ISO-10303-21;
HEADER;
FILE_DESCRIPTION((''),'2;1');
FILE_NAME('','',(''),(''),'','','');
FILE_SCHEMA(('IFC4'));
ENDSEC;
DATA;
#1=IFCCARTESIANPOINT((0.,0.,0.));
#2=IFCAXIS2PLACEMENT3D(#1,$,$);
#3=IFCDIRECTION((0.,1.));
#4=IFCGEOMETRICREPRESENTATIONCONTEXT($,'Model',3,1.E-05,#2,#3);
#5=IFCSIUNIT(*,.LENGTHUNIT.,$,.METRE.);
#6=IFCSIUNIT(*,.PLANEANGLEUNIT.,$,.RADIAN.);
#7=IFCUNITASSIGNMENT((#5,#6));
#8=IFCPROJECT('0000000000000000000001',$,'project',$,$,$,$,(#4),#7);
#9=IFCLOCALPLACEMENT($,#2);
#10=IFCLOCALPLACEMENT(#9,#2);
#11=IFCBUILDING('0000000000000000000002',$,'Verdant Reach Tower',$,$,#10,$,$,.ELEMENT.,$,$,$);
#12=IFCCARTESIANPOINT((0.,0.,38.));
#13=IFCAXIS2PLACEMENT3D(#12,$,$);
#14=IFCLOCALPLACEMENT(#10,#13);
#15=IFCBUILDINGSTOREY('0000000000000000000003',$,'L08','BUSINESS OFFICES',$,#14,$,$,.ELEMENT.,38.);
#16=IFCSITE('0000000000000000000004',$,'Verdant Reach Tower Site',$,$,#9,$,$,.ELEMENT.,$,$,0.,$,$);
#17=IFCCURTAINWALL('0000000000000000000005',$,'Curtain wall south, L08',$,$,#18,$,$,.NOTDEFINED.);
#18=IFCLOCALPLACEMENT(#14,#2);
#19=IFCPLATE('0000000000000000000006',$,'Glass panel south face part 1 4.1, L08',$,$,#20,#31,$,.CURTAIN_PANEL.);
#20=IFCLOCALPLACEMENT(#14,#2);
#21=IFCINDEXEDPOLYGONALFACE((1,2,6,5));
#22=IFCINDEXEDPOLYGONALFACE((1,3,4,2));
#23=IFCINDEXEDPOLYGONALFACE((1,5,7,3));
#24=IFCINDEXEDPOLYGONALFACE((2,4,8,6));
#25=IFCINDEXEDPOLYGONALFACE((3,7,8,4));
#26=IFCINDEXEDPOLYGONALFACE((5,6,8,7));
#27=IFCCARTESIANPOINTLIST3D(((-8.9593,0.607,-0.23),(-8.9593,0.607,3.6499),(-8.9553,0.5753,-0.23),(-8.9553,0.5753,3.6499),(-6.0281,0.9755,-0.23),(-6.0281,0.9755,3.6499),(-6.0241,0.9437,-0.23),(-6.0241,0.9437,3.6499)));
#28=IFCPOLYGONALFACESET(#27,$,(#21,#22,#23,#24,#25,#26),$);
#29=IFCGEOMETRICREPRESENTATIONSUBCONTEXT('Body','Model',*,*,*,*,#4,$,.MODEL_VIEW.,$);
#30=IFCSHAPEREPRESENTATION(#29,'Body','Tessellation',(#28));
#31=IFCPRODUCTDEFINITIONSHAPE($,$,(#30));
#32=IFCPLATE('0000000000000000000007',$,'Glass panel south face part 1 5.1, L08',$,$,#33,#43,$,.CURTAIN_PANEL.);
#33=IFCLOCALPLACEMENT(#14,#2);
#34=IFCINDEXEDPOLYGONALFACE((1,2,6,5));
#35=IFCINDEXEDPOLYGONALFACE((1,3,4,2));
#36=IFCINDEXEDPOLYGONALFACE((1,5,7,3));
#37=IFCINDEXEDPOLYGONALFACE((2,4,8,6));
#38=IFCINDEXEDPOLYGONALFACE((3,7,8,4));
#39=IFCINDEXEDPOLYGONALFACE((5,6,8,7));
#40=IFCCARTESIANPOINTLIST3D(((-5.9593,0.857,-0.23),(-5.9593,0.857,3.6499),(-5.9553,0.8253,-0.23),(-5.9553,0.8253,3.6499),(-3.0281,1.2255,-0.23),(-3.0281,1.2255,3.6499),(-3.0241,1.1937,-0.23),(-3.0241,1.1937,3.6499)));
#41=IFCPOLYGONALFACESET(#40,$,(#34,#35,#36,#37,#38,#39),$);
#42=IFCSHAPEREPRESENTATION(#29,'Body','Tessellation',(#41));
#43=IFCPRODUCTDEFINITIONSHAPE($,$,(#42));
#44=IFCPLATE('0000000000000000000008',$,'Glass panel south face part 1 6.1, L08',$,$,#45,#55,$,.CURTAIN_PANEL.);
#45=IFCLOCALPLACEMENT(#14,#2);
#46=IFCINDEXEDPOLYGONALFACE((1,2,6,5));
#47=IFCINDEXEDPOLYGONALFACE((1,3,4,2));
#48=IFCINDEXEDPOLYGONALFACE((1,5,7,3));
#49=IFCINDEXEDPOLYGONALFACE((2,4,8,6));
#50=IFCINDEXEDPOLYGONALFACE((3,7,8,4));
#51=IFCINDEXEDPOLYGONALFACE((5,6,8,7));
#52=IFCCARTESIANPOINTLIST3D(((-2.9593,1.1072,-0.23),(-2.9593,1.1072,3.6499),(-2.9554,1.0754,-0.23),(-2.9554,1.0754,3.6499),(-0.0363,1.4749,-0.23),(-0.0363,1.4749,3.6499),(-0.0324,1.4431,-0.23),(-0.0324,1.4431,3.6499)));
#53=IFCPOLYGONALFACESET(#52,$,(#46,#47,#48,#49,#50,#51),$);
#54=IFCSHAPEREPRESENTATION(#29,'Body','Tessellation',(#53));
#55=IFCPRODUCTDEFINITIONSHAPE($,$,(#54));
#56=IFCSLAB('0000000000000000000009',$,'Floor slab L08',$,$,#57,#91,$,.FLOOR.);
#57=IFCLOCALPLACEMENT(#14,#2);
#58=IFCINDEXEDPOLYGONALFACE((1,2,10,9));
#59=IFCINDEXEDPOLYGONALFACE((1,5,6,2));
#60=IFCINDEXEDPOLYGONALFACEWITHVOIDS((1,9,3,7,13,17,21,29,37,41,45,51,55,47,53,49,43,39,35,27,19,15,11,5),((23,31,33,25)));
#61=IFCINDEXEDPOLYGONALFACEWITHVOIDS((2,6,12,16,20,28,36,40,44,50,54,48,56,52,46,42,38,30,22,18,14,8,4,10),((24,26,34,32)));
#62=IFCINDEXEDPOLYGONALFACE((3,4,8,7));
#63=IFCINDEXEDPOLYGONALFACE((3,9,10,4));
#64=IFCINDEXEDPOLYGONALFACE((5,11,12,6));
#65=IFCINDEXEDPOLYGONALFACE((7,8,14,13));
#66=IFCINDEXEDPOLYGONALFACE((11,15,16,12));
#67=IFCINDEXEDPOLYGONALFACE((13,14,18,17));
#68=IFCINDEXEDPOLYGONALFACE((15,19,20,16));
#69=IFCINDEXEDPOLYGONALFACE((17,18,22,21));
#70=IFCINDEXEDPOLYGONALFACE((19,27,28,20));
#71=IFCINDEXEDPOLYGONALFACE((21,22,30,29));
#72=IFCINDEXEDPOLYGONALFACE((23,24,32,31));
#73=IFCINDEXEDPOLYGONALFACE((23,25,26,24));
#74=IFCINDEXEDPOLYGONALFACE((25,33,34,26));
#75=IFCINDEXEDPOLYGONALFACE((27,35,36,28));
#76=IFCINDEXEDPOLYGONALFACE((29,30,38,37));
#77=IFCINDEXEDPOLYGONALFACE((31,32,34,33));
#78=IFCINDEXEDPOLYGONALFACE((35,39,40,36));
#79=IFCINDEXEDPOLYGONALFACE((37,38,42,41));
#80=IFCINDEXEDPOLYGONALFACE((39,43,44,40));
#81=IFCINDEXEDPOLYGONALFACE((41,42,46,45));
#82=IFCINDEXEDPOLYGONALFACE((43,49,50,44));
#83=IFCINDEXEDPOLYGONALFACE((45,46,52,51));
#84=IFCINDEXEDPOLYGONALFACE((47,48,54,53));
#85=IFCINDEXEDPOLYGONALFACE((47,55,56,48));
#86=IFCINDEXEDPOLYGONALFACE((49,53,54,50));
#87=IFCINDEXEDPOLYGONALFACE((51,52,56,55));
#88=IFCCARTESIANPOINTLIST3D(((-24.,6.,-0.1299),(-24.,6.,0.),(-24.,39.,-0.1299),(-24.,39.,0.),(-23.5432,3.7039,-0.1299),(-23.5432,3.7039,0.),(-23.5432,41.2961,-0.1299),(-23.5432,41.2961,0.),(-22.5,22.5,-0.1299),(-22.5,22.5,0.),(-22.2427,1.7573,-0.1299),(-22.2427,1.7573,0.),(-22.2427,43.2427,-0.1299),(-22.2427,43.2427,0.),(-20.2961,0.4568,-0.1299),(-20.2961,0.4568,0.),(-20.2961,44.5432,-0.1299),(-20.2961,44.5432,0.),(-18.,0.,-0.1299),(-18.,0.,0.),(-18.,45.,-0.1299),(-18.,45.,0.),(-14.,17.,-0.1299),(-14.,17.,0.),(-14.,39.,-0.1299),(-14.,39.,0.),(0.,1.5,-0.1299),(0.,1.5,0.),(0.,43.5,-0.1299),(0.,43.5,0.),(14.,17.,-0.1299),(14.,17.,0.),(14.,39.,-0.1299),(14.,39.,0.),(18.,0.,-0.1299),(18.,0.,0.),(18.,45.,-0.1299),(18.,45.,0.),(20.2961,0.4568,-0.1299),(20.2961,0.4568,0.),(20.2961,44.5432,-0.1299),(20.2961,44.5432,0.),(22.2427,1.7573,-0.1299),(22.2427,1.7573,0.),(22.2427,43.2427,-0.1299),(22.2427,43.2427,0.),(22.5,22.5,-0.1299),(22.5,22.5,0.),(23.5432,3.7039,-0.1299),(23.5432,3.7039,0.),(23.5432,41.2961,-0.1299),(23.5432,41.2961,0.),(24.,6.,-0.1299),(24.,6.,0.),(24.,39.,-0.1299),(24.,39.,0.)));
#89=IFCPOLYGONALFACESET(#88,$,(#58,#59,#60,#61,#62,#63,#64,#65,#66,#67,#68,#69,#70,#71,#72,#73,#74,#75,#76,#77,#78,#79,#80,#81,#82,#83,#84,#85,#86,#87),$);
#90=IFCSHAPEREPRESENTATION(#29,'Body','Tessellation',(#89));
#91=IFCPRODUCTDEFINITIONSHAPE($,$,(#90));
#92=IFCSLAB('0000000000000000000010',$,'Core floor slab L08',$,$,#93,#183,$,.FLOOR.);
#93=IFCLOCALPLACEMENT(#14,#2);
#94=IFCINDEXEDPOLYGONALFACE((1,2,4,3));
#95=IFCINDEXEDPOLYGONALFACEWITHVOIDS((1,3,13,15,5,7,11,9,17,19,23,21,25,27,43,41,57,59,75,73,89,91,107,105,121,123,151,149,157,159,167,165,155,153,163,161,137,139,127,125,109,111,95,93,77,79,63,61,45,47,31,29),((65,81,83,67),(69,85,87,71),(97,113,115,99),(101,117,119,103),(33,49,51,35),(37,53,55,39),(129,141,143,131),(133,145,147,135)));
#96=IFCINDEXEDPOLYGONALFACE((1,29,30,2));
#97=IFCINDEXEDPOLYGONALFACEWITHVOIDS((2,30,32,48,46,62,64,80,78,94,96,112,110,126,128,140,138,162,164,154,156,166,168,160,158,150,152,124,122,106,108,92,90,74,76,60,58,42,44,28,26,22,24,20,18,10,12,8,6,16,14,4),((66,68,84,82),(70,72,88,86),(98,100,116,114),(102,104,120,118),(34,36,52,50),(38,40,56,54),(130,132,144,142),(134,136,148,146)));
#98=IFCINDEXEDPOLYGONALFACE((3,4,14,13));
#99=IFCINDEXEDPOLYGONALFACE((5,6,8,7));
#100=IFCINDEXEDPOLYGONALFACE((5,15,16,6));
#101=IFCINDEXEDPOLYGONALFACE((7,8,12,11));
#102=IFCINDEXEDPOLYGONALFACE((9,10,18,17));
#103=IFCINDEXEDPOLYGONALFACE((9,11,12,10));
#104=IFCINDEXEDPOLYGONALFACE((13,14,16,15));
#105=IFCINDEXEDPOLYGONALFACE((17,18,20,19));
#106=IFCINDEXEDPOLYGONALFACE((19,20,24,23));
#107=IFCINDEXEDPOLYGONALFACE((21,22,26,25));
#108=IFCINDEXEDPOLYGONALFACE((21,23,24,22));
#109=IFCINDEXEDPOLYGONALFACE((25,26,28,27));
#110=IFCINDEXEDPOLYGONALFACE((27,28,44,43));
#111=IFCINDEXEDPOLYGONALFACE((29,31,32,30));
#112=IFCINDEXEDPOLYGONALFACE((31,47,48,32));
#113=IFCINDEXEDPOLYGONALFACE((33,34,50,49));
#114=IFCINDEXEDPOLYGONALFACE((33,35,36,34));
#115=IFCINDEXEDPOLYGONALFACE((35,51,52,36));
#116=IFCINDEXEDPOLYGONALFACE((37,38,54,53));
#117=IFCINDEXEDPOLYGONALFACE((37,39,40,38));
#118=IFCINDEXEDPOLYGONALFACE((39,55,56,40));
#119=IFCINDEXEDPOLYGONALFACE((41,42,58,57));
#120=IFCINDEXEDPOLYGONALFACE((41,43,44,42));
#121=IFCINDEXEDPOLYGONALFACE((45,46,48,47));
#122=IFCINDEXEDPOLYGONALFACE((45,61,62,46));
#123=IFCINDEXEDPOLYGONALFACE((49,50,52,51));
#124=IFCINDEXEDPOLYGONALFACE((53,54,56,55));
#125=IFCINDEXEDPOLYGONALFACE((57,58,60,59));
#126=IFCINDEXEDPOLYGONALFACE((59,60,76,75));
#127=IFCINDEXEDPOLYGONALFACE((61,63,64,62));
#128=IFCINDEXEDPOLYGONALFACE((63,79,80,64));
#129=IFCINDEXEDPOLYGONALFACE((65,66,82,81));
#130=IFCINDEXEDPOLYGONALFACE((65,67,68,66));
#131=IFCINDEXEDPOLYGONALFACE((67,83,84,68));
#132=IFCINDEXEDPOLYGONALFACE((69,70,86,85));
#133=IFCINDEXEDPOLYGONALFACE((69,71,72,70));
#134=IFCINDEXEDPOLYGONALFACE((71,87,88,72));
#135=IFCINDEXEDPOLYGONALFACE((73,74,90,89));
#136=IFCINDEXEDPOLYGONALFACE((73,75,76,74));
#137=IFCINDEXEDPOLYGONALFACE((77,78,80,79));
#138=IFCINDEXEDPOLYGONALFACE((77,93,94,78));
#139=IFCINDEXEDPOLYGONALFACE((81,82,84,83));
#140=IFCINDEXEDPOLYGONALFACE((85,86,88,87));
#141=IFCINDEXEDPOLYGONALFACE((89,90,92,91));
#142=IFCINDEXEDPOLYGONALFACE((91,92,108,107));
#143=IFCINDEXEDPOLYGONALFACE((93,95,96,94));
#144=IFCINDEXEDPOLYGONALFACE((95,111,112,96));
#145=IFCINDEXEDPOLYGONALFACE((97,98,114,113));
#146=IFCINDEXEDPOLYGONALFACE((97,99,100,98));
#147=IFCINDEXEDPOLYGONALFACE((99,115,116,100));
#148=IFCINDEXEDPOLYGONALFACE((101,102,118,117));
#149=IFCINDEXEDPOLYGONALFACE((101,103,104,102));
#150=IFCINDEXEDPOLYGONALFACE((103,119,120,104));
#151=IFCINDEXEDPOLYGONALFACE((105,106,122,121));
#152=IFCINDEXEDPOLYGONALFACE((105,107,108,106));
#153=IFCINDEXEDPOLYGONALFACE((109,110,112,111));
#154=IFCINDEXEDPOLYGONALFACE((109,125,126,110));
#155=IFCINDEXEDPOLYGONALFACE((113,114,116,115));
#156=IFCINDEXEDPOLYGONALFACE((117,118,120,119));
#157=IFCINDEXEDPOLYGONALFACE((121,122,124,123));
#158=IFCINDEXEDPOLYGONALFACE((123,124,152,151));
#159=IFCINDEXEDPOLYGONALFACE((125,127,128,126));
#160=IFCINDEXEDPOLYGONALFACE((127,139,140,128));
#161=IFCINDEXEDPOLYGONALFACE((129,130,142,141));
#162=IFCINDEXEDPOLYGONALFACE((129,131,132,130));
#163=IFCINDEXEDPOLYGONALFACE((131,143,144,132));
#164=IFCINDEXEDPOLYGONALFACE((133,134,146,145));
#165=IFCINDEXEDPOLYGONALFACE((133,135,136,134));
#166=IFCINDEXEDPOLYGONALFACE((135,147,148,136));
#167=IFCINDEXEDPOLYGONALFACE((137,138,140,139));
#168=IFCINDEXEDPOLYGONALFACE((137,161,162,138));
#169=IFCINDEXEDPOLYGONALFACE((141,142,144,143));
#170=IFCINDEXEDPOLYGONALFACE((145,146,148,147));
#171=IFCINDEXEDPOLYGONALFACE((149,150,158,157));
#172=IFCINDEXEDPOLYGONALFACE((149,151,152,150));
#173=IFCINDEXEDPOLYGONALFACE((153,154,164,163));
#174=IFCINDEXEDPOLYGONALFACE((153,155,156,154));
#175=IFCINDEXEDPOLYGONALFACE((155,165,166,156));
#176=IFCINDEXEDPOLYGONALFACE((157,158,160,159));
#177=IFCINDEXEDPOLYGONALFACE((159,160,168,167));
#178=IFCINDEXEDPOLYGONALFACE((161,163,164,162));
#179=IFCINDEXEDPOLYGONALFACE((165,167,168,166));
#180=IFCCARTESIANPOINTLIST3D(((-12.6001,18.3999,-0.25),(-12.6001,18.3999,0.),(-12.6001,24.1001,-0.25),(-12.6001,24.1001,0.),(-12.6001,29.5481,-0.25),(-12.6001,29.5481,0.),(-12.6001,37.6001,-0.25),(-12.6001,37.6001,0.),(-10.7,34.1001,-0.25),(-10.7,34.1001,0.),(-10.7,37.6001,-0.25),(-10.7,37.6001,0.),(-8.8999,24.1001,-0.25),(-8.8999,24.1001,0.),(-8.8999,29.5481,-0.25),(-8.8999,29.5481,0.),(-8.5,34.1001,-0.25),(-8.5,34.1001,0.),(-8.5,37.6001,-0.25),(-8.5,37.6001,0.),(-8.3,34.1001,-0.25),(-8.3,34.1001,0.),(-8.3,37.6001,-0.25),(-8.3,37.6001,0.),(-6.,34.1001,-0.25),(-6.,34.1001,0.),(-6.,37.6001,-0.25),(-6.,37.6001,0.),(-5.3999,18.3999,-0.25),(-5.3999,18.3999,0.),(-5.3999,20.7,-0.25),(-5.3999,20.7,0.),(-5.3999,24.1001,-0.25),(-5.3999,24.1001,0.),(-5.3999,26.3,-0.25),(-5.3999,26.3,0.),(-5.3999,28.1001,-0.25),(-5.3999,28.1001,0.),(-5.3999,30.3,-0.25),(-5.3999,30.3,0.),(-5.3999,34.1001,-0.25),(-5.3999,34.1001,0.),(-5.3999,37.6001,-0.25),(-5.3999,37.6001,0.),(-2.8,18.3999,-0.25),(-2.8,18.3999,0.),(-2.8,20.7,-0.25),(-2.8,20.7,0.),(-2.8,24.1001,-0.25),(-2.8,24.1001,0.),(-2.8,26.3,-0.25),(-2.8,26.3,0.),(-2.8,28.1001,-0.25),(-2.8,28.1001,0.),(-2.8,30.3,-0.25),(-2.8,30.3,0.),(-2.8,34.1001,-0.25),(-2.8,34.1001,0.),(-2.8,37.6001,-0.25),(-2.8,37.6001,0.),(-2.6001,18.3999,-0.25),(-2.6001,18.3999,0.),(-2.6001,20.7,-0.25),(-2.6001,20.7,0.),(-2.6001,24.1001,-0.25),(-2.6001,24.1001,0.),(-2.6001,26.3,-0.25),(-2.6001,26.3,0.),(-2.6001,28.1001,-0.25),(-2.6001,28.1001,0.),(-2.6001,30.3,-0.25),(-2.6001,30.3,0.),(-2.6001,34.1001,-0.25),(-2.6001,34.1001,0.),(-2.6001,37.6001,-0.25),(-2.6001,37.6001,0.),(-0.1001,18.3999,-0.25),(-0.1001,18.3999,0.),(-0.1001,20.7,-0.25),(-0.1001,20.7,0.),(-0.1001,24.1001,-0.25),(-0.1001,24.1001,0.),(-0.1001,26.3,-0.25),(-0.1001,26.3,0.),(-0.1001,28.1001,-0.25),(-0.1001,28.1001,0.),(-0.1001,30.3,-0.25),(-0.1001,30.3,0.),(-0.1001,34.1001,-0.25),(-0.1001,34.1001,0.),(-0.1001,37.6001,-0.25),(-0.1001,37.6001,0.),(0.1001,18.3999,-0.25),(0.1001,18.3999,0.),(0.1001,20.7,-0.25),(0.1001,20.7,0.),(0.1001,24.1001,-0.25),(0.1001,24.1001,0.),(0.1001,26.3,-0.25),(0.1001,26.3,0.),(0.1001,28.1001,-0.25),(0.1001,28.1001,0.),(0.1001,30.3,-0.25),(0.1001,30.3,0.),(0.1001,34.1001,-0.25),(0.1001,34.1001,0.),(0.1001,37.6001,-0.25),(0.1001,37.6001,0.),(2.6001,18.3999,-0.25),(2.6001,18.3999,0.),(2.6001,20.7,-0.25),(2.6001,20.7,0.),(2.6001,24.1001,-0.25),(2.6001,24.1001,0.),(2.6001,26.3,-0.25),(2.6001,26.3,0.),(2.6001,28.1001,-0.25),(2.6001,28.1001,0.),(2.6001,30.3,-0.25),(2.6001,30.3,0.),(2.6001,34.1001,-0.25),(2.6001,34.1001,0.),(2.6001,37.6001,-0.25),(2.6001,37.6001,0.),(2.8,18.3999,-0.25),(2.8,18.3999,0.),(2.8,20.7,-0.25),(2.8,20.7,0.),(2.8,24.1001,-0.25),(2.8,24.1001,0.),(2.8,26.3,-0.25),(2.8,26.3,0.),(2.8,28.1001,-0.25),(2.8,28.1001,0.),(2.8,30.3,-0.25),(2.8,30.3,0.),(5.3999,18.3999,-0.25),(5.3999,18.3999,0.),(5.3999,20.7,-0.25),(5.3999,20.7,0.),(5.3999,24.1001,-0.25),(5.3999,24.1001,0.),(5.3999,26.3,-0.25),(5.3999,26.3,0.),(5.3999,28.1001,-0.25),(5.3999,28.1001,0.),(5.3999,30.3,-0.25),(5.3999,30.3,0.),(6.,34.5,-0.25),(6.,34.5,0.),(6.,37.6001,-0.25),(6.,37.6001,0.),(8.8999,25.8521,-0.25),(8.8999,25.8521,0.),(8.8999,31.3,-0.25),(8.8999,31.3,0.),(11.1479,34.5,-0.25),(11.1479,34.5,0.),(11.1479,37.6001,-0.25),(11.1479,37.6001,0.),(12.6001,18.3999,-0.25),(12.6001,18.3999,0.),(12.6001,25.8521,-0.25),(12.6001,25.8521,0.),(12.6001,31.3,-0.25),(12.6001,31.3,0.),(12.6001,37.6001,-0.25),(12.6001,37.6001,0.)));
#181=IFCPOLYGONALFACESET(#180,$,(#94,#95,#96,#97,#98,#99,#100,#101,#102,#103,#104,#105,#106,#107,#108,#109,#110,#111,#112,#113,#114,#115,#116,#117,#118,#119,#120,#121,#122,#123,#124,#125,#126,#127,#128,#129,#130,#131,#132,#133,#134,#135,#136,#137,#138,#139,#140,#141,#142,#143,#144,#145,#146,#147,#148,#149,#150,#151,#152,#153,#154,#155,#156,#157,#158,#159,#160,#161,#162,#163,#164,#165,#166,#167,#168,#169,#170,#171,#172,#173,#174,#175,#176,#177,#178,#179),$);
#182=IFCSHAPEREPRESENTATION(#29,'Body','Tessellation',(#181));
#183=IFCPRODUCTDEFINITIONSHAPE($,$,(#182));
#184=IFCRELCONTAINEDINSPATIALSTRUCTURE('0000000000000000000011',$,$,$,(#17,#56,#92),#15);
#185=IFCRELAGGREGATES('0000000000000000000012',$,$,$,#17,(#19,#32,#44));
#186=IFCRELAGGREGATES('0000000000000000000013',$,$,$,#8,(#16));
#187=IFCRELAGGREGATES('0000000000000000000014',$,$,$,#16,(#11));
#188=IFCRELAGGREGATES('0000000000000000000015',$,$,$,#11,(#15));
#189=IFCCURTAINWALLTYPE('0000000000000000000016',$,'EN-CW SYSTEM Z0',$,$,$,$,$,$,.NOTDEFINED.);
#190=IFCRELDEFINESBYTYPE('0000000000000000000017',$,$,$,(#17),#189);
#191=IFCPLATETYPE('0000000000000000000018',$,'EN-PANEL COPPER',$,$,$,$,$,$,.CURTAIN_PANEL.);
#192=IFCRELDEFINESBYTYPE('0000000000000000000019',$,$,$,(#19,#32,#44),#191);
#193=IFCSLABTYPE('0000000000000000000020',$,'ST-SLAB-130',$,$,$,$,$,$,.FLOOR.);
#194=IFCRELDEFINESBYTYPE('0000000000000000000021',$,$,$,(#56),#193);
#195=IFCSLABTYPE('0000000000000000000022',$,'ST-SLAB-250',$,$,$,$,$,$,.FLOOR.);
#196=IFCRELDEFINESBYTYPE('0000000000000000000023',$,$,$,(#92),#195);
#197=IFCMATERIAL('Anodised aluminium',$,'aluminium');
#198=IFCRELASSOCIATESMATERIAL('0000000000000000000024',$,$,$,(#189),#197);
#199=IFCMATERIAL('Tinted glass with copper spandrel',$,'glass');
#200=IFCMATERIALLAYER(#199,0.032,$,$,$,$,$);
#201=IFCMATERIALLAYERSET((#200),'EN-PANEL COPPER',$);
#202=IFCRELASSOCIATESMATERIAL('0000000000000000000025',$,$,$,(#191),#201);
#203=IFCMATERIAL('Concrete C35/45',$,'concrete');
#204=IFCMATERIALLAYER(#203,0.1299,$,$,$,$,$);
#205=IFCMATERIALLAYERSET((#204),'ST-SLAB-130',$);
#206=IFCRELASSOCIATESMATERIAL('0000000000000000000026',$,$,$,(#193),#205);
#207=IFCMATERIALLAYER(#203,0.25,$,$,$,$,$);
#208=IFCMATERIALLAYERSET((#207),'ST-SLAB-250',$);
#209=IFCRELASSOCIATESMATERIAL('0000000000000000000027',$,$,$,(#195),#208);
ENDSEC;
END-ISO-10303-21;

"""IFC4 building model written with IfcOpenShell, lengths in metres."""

from ifc_helpers import new_model, si_unit, direction, frame, origin, origin_2d, place, context, subcontext, project, spatial, polyline, rectangle, outline, extrude, material, layer, layer_set, type_object, element, aggregate, save


model = new_model("IFC4")

# Units and contexts
model_context = context("Model", 3, precision=1e-05, world=origin(), true_north=direction((0.0, 1.0)))
body_context = subcontext(model_context, "Body", "Model", "MODEL_VIEW")
ifc_project = project(units=[si_unit("LENGTHUNIT", "METRE"), si_unit("PLANEANGLEUNIT", "RADIAN")], contexts=[model_context])

# Site, building, storey
site_placement = place(None, origin())
site = spatial("IfcSite", under=ifc_project, at=site_placement, Name="Verdant Reach Tower Site", CompositionType="ELEMENT", RefElevation=0.0)
building_placement = place(site_placement, origin())
building = spatial("IfcBuilding", under=site, at=building_placement, Name="Verdant Reach Tower", CompositionType="ELEMENT")
storey_placement = place(building_placement, frame((0.0, 0.0, 38.0)))
storey = spatial("IfcBuildingStorey", under=building, at=storey_placement, Name="L08", Description="BUSINESS OFFICES", CompositionType="ELEMENT", Elevation=38.0)

# Curtain wall
ifc_material_1 = material(Name="Anodised aluminium", Category="aluminium")
curtain_wall_type = type_object("IfcCurtainWallType", Name="EN-CW SYSTEM Z0", PredefinedType="NOTDEFINED", material=ifc_material_1)
curtain_wall_placement = place(storey_placement, origin())
curtain_wall = element("IfcCurtainWall", 1, at=curtain_wall_placement, inside=storey, type_object=curtain_wall_type, Name="Curtain wall south, L08", PredefinedType="NOTDEFINED")

# Plates
ifc_material_2 = material(Name="Tinted glass with copper spandrel", Category="glass")
ifc_layer_1 = layer(ifc_material_2, 0.032)
ifc_layer_set_1 = layer_set([ifc_layer_1], Name="EN-PANEL COPPER")
plate_type_1 = type_object("IfcPlateType", Name="EN-PANEL COPPER", PredefinedType="CURTAIN_PANEL", material=ifc_layer_set_1)
plate_1_placement = place(storey_placement, frame((-7.4917, 0.7754, -0.23), z_axis=(0.0, 0.0, 1.0), x_axis=(0.992194, 0.124704, 0.0)))
plate_1 = element("IfcPlate", 2, at=plate_1_placement, type_object=plate_type_1, Name="Glass panel south face part 1 4.1, L08", PredefinedType="CURTAIN_PANEL", context=body_context, shape_type="SweptSolid", body=[
    extrude(rectangle(XDim=2.9543, YDim=0.032, at=origin_2d()), origin(), (0.0, 0.0, 1.0), 3.8799),
])
plate_2_placement = place(storey_placement, frame((-4.4917, 1.0254, -0.23), z_axis=(0.0, 0.0, 1.0), x_axis=(0.992194, 0.124704, 0.0)))
plate_2 = element("IfcPlate", 3, at=plate_2_placement, type_object=plate_type_1, Name="Glass panel south face part 1 5.1, L08", PredefinedType="CURTAIN_PANEL", context=body_context, shape_type="SweptSolid", body=[
    extrude(rectangle(XDim=2.9543, YDim=0.032, at=origin_2d()), origin(), (0.0, 0.0, 1.0), 3.8799),
])
plate_3_placement = place(storey_placement, frame((-1.4958, 1.2751, -0.23), z_axis=(0.0, 0.0, 1.0), x_axis=(0.99218, 0.124818, 0.0)))
plate_3 = element("IfcPlate", 4, at=plate_3_placement, type_object=plate_type_1, Name="Glass panel south face part 1 6.1, L08", PredefinedType="CURTAIN_PANEL", context=body_context, shape_type="SweptSolid", body=[
    extrude(rectangle(XDim=2.946, YDim=0.032, at=origin_2d()), origin(), (0.0, 0.0, 1.0), 3.8799),
])
aggregate(curtain_wall, [plate_1, plate_2, plate_3])

# Slabs
ifc_material_3 = material(Name="Concrete C35/45", Category="concrete")
ifc_layer_2 = layer(ifc_material_3, 0.1299)
ifc_layer_set_2 = layer_set([ifc_layer_2], Name="ST-SLAB-130")
slab_type_1 = type_object("IfcSlabType", Name="ST-SLAB-130", PredefinedType="FLOOR", material=ifc_layer_set_2)
slab_1_placement = place(storey_placement, frame((0.0, 0.0, -0.1299)))
element("IfcSlab", 5, at=slab_1_placement, inside=storey, type_object=slab_type_1, Name="Floor slab L08", PredefinedType="FLOOR", context=body_context, shape_type="SweptSolid", body=[
    extrude(outline(polyline([(0.0, 1.5), (-18.0, 0.0), (-20.2961, 0.4568), (-22.2427, 1.7573), (-23.5432, 3.7039), (-24.0, 6.0), (-22.5, 22.5), (-24.0, 39.0), (-23.5432, 41.2961), (-22.2427, 43.2427), (-20.2961, 44.5432), (-18.0, 45.0), (0.0, 43.5), (18.0, 45.0), (20.2961, 44.5432), (22.2427, 43.2427), (23.5432, 41.2961), (24.0, 39.0), (22.5, 22.5), (24.0, 6.0), (23.5432, 3.7039), (22.2427, 1.7573), (20.2961, 0.4568), (18.0, 0.0), (0.0, 1.5)]), holes=[polyline([(14.0, 39.0), (-14.0, 39.0), (-14.0, 17.0), (14.0, 17.0), (14.0, 39.0)])]), origin(), (0.0, 0.0, 1.0), 0.1299),
])
ifc_layer_3 = layer(ifc_material_3, 0.25)
ifc_layer_set_3 = layer_set([ifc_layer_3], Name="ST-SLAB-250")
slab_type_2 = type_object("IfcSlabType", Name="ST-SLAB-250", PredefinedType="FLOOR", material=ifc_layer_set_3)
slab_2_placement = place(storey_placement, frame((0.0, 0.0, -0.25)))
element("IfcSlab", 6, at=slab_2_placement, inside=storey, type_object=slab_type_2, Name="Core floor slab L08", PredefinedType="FLOOR", context=body_context, shape_type="SweptSolid", body=[
    extrude(outline(polyline([(12.6001, 18.3999), (5.3999, 18.3999), (5.3999, 20.7), (2.8, 20.7), (2.8, 18.3999), (2.6001, 18.3999), (2.6001, 20.7), (0.1001, 20.7), (0.1001, 18.3999), (-0.1001, 18.3999), (-0.1001, 20.7), (-2.6001, 20.7), (-2.6001, 18.3999), (-2.8, 18.3999), (-2.8, 20.7), (-5.3999, 20.7), (-5.3999, 18.3999), (-12.6001, 18.3999), (-12.6001, 24.1001), (-8.8999, 24.1001), (-8.8999, 29.5481), (-12.6001, 29.5481), (-12.6001, 37.6001), (-10.7, 37.6001), (-10.7, 34.1001), (-8.5, 34.1001), (-8.5, 37.6001), (-8.3, 37.6001), (-8.3, 34.1001), (-6.0, 34.1001), (-6.0, 37.6001), (-5.3999, 37.6001), (-5.3999, 34.1001), (-2.8, 34.1001), (-2.8, 37.6001), (-2.6001, 37.6001), (-2.6001, 34.1001), (-0.1001, 34.1001), (-0.1001, 37.6001), (0.1001, 37.6001), (0.1001, 34.1001), (2.6001, 34.1001), (2.6001, 37.6001), (6.0, 37.6001), (6.0, 34.5), (11.1479, 34.5), (11.1479, 37.6001), (12.6001, 37.6001), (12.6001, 31.3), (8.8999, 31.3), (8.8999, 25.8521), (12.6001, 25.8521), (12.6001, 18.3999)]), holes=[polyline([(-2.8, 24.1001), (-2.8, 26.3), (-5.3999, 26.3), (-5.3999, 24.1001), (-2.8, 24.1001)]), polyline([(-2.6001, 24.1001), (-0.1001, 24.1001), (-0.1001, 26.3), (-2.6001, 26.3), (-2.6001, 24.1001)]), polyline([(-2.8, 28.1001), (-2.8, 30.3), (-5.3999, 30.3), (-5.3999, 28.1001), (-2.8, 28.1001)]), polyline([(-0.1001, 28.1001), (-0.1001, 30.3), (-2.6001, 30.3), (-2.6001, 28.1001), (-0.1001, 28.1001)]), polyline([(2.6001, 24.1001), (2.6001, 26.3), (0.1001, 26.3), (0.1001, 24.1001), (2.6001, 24.1001)]), polyline([(2.8, 24.1001), (5.3999, 24.1001), (5.3999, 26.3), (2.8, 26.3), (2.8, 24.1001)]), polyline([(2.6001, 28.1001), (2.6001, 30.3), (0.1001, 30.3), (0.1001, 28.1001), (2.6001, 28.1001)]), polyline([(5.3999, 28.1001), (5.3999, 30.3), (2.8, 30.3), (2.8, 28.1001), (5.3999, 28.1001)])]), origin(), (0.0, 0.0, 1.0), 0.25),
])

save(model, "model.ifc")
